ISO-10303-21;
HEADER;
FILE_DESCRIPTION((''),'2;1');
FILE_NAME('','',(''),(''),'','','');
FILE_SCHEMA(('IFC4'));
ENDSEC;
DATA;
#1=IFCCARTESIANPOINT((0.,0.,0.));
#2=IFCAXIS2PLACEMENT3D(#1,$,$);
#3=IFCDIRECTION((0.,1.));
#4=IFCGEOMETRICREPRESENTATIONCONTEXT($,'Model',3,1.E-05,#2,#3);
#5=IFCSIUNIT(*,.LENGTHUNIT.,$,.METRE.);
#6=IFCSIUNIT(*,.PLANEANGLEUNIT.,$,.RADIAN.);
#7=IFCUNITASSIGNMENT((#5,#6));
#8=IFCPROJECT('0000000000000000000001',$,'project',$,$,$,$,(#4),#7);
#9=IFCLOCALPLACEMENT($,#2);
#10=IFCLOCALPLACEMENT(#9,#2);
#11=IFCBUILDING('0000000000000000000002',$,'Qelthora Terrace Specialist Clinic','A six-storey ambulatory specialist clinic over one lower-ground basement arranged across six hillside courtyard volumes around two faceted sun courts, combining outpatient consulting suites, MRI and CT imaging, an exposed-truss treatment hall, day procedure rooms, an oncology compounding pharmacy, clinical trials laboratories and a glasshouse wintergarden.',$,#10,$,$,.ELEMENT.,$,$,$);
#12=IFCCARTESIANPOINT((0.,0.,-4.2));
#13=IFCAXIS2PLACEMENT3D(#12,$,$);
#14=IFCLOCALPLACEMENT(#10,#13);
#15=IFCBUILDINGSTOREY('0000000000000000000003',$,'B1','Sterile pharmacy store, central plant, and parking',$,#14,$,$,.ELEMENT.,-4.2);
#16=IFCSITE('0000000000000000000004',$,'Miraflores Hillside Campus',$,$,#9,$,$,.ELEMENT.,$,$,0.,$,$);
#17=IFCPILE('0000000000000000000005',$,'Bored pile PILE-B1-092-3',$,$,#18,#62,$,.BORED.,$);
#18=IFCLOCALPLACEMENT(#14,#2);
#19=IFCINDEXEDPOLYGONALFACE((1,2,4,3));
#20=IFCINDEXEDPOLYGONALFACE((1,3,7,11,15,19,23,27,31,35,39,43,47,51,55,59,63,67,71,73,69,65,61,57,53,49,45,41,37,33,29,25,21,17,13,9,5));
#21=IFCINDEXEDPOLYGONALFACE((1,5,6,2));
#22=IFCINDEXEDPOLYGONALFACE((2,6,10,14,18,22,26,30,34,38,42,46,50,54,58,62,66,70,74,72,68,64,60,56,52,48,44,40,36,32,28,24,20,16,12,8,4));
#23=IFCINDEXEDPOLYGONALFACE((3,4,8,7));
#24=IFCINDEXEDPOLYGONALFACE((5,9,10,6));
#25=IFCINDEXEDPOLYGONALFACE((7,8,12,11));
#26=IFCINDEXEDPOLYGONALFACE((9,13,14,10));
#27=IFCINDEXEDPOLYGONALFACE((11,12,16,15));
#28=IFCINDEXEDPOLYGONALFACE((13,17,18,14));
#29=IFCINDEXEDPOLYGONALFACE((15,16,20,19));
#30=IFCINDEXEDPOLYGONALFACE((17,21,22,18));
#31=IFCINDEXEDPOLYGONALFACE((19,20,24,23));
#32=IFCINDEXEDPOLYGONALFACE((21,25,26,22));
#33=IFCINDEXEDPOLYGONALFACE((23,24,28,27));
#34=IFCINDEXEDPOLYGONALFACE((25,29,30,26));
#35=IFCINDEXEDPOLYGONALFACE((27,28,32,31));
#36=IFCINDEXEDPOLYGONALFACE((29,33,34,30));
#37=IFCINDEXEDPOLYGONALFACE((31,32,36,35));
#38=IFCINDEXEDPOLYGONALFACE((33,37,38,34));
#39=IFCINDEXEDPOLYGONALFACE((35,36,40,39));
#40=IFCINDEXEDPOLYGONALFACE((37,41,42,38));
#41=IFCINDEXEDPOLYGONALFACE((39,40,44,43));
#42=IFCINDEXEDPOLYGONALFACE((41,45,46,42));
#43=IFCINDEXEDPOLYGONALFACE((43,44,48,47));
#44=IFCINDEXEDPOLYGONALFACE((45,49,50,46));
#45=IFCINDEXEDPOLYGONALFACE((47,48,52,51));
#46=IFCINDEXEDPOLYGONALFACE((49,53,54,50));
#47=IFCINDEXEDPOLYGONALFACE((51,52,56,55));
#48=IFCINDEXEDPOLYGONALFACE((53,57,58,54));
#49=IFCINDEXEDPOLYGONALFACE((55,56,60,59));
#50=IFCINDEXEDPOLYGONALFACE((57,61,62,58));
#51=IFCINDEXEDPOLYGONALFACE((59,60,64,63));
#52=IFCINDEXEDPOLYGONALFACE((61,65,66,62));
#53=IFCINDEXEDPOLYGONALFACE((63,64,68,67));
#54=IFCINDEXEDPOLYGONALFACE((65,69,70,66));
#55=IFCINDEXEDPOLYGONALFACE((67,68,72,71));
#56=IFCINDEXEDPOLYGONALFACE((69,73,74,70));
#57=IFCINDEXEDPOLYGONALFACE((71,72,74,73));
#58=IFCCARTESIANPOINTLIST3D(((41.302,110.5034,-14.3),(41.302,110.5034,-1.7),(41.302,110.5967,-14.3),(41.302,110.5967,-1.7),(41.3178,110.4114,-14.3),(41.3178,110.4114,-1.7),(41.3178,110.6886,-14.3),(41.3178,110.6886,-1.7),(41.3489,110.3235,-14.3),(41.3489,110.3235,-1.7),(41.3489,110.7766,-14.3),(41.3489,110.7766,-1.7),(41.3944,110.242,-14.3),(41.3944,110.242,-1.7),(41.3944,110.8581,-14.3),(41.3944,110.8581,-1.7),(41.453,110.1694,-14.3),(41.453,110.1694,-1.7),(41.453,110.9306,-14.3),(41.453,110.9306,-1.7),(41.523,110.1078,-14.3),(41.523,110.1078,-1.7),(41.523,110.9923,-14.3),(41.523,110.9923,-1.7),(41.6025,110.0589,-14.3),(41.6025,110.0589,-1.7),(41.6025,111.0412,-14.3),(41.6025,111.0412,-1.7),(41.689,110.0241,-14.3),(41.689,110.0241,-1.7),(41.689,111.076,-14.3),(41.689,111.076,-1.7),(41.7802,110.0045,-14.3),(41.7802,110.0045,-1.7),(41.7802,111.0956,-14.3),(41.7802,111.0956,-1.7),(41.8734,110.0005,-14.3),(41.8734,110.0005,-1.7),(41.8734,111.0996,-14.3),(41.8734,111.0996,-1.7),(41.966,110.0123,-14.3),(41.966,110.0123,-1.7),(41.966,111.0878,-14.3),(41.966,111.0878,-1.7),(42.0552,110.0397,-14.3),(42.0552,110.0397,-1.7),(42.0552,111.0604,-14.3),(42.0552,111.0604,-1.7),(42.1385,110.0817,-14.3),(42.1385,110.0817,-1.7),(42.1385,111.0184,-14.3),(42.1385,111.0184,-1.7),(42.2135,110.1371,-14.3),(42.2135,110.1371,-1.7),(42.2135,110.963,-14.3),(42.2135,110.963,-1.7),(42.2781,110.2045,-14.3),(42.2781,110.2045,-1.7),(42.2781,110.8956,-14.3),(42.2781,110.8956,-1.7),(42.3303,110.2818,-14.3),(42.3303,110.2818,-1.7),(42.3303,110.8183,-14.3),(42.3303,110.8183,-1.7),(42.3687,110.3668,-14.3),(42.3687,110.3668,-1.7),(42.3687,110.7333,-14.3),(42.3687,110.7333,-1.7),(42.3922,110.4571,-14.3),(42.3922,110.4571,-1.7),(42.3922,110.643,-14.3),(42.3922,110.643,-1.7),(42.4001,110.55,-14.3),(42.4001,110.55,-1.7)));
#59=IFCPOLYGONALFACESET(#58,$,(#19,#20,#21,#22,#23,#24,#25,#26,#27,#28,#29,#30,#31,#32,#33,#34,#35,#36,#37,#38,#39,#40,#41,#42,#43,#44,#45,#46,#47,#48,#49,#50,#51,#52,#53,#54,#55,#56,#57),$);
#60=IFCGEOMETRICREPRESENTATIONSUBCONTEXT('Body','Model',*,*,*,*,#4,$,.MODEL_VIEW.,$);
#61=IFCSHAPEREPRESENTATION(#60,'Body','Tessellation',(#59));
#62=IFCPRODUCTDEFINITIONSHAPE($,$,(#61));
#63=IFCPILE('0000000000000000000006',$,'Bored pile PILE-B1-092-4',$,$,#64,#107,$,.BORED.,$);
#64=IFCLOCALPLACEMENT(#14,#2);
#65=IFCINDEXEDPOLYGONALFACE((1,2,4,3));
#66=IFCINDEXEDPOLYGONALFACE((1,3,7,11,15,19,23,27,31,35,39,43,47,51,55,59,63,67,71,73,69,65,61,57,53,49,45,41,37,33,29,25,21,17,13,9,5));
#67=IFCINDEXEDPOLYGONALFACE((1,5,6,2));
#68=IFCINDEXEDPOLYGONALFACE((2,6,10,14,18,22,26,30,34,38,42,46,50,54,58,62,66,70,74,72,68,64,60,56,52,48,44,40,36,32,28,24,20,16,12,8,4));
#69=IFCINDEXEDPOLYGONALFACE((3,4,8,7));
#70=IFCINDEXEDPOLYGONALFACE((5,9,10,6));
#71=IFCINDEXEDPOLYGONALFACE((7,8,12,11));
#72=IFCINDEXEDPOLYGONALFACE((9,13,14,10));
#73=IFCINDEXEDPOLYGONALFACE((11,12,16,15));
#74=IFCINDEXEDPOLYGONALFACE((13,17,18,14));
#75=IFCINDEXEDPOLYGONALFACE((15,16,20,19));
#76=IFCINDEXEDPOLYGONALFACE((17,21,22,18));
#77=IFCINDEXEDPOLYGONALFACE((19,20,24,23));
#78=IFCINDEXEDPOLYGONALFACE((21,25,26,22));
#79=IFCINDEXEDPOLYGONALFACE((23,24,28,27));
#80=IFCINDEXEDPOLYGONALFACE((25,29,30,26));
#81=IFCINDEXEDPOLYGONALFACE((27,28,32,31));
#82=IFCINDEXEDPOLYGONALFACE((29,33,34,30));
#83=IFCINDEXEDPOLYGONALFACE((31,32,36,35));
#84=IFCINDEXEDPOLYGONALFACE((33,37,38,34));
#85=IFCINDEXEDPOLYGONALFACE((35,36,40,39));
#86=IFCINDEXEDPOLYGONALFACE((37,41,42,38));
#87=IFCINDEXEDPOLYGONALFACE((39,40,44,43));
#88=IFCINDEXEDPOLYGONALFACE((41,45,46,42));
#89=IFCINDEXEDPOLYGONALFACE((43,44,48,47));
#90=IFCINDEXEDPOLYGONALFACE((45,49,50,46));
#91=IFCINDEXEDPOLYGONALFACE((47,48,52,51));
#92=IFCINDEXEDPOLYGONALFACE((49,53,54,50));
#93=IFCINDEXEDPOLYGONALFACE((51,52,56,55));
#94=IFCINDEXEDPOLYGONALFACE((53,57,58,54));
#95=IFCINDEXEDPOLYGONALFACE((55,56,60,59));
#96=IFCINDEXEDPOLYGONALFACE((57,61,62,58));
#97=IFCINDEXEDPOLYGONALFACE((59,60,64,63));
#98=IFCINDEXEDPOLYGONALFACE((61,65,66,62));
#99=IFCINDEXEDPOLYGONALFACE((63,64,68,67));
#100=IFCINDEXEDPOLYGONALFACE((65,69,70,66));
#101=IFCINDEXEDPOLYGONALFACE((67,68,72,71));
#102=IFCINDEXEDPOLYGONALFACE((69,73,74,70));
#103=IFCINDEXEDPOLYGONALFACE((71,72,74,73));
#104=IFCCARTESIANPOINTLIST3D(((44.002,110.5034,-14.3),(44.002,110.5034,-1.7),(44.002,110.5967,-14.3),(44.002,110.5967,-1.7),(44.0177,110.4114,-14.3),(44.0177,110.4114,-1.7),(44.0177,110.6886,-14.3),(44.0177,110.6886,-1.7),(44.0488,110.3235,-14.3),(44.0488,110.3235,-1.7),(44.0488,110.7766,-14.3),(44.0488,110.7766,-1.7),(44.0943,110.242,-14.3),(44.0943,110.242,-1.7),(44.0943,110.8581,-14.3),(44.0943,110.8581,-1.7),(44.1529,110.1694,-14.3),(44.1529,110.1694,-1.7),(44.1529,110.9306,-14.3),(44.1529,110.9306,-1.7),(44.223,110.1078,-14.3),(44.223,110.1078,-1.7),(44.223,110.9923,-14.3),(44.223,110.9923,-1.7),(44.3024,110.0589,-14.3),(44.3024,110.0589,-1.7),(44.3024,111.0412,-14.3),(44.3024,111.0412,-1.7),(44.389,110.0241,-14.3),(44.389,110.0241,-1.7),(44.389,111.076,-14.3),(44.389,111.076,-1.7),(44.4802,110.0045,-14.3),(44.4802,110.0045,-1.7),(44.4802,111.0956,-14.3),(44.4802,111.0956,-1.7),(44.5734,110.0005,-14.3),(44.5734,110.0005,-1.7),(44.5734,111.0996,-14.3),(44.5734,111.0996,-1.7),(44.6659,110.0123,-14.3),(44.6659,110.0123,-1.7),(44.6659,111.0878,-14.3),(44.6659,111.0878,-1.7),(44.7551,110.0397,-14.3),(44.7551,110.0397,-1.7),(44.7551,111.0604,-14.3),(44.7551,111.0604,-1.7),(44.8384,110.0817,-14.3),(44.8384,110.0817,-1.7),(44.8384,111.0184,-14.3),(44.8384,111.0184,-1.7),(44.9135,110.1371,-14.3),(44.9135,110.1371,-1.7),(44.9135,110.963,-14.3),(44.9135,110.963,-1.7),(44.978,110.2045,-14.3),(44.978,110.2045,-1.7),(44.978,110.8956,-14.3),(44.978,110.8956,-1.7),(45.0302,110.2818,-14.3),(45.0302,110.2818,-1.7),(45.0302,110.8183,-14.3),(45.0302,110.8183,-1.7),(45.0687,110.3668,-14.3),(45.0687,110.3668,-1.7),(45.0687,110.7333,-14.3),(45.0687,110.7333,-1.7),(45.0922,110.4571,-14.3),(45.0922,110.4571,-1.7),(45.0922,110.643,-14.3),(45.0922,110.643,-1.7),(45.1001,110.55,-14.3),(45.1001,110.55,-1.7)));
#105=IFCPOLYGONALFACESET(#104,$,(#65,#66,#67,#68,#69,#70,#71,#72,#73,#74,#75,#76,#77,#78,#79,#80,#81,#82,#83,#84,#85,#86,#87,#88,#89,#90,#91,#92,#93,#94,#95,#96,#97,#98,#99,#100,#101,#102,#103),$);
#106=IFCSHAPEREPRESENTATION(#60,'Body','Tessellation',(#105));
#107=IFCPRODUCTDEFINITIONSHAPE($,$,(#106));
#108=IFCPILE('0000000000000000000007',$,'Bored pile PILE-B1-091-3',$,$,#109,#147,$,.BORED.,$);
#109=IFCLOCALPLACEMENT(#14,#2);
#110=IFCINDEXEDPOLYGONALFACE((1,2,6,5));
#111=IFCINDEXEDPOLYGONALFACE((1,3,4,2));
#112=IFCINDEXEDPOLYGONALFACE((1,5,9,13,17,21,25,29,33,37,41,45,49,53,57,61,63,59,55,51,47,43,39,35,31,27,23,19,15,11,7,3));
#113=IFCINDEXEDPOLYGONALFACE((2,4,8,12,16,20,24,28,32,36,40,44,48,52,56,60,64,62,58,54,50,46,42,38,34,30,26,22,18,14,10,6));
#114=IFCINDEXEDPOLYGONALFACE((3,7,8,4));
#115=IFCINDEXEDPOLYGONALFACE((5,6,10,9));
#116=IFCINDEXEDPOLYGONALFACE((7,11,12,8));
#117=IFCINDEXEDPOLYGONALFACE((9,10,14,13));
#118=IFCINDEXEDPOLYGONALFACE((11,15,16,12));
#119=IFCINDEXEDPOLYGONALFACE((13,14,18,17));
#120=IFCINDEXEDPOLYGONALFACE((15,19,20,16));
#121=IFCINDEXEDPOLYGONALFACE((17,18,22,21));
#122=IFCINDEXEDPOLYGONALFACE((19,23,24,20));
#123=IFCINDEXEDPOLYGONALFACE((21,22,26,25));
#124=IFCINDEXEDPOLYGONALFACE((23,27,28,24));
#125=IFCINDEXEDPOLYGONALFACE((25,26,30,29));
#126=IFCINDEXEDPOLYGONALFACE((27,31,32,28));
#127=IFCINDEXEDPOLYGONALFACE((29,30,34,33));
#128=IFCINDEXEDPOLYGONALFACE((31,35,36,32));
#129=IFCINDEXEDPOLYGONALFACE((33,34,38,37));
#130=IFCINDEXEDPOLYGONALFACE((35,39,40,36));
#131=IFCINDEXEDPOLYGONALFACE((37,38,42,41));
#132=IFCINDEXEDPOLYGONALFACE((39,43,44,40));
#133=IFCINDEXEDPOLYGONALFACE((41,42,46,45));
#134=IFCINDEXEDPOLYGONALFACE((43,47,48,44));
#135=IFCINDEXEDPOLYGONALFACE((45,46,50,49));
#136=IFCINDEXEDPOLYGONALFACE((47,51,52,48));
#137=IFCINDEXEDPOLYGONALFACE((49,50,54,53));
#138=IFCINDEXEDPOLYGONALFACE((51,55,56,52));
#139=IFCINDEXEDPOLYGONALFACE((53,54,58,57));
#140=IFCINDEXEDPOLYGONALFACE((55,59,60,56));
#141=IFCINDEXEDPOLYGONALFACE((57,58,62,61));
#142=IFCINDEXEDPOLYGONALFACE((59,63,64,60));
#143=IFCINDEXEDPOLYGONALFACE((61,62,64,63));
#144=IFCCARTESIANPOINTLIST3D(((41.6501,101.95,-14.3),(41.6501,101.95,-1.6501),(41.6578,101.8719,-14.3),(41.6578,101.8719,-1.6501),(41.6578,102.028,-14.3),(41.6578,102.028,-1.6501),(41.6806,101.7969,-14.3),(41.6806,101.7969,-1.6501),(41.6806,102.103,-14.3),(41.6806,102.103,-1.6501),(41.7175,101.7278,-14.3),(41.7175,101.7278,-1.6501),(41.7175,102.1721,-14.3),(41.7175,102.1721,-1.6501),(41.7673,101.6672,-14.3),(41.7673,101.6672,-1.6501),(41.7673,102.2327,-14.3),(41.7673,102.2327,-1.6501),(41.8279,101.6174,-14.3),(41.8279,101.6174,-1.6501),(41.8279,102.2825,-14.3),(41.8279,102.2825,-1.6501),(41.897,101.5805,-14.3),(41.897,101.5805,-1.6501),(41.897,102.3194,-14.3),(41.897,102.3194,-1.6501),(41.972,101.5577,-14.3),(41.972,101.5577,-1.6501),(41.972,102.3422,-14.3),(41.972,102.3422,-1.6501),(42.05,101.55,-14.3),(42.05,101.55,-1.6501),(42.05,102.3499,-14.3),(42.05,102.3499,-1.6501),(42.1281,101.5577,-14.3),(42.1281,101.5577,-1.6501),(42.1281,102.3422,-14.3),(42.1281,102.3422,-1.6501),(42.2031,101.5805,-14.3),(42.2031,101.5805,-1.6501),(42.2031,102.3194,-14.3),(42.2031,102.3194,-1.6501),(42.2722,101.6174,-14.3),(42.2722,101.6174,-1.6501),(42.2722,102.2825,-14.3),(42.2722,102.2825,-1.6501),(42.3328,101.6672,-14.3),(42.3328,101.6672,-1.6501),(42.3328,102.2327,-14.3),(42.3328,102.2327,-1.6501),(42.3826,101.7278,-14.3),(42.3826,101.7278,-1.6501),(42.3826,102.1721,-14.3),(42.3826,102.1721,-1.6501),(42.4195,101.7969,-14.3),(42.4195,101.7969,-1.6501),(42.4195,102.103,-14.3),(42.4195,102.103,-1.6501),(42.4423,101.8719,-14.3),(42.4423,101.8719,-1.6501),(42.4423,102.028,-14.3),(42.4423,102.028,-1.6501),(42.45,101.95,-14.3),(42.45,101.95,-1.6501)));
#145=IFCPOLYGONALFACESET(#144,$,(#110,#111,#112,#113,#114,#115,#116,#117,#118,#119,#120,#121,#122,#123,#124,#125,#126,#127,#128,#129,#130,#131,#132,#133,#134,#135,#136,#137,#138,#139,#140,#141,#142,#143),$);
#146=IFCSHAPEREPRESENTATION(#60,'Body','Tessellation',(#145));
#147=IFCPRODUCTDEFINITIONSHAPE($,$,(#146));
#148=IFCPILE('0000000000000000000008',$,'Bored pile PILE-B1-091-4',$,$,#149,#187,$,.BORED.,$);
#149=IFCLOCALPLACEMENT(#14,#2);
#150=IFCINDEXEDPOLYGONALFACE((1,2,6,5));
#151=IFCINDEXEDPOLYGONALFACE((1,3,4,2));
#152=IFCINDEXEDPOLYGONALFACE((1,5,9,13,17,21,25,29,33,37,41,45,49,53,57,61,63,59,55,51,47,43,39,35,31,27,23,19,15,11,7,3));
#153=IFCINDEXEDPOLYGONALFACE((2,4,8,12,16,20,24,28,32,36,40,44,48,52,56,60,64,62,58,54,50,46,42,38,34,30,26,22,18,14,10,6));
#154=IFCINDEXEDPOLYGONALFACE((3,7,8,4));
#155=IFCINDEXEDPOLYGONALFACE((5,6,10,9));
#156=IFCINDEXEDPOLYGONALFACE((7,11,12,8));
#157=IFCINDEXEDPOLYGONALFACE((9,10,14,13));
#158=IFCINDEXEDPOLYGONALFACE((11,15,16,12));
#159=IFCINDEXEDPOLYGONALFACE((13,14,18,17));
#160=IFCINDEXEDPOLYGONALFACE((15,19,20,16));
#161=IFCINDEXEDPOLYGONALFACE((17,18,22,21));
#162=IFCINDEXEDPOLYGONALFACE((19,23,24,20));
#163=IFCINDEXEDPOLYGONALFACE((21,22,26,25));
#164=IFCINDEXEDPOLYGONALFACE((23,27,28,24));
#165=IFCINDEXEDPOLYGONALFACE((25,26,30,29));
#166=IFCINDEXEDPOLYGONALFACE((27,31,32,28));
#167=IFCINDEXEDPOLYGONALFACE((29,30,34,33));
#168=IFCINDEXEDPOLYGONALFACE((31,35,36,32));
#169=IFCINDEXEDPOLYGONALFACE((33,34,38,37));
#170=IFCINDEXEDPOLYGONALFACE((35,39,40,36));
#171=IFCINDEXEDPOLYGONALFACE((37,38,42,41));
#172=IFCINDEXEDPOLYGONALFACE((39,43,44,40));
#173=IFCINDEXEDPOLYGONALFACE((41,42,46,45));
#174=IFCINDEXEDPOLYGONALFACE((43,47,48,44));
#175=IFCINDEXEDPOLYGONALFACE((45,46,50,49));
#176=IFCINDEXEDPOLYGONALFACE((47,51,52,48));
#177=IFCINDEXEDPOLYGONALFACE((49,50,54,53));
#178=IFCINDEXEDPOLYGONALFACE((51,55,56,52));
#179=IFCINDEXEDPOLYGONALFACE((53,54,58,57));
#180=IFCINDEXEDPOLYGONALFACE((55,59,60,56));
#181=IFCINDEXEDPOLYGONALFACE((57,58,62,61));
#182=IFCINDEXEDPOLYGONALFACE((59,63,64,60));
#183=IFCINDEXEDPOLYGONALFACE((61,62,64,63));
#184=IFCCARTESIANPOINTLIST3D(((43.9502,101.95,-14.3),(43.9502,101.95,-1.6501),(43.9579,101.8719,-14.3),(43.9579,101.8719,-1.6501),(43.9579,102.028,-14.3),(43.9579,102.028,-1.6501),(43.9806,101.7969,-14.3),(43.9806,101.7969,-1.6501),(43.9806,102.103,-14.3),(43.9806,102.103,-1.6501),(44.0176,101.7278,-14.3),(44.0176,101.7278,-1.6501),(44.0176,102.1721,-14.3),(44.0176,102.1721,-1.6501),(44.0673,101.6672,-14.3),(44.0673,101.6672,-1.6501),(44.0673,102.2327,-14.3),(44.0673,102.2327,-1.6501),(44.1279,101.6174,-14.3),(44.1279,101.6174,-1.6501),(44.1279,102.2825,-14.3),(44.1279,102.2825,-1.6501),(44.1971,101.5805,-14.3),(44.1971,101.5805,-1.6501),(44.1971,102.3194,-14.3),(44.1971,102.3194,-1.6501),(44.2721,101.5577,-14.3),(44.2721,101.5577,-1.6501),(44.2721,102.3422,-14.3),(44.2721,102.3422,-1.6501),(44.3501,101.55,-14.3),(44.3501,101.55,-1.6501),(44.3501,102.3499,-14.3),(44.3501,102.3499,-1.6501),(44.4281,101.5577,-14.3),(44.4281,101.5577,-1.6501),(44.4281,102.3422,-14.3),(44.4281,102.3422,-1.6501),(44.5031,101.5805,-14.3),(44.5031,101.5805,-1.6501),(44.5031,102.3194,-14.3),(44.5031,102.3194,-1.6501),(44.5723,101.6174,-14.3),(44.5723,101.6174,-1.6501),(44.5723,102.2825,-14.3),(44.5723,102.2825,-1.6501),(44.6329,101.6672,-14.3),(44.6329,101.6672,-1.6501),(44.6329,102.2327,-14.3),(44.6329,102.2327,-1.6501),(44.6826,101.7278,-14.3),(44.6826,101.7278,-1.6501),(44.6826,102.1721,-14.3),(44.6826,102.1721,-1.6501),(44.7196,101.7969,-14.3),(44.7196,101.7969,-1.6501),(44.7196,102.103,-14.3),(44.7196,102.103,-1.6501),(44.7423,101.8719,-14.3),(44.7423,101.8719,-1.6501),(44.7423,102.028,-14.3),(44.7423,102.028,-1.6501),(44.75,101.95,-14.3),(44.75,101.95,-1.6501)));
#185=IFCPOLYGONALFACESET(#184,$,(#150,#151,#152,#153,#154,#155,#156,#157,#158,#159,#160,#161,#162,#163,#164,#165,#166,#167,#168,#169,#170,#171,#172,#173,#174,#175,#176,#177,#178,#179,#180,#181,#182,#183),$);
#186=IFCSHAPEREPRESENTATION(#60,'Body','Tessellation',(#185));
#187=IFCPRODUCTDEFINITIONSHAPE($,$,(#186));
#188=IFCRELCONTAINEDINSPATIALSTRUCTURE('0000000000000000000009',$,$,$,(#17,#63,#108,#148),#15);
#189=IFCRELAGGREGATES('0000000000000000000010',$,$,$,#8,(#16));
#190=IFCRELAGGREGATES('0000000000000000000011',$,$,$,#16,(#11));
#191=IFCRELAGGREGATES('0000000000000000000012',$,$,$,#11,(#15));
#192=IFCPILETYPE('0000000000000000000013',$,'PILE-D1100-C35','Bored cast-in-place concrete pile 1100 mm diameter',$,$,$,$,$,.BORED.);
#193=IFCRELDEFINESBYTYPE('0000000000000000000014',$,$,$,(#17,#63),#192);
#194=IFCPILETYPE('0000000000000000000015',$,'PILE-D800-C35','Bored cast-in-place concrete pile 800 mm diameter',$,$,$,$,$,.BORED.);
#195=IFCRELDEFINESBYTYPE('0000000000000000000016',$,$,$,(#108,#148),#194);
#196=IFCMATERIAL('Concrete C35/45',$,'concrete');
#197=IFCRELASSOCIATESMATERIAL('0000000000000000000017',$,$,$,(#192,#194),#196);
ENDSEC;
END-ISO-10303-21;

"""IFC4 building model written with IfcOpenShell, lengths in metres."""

from ifc_helpers import new_model, si_unit, direction, frame, origin, origin_2d, place, context, subcontext, project, spatial, circle, extrude, material, material_profile, profile_set, type_object, element, save


model = new_model("IFC4")

# Units and contexts
model_context = context("Model", 3, precision=1e-05, world=origin(), true_north=direction((0.0, 1.0)))
body_context = subcontext(model_context, "Body", "Model", "MODEL_VIEW")
ifc_project = project(units=[si_unit("LENGTHUNIT", "METRE"), si_unit("PLANEANGLEUNIT", "RADIAN")], contexts=[model_context])

# Site, building, storey
site_placement = place(None, origin())
site = spatial("IfcSite", under=ifc_project, at=site_placement, Name="Miraflores Hillside Campus", CompositionType="ELEMENT", RefElevation=0.0)
building_placement = place(site_placement, origin())
building = spatial("IfcBuilding", under=site, at=building_placement, Name="Qelthora Terrace Specialist Clinic", Description="A six-storey ambulatory specialist clinic over one lower-ground basement arranged across six hillside courtyard volumes around two faceted sun courts, combining outpatient consulting suites, MRI and CT imaging, an exposed-truss treatment hall, day procedure rooms, an oncology compounding pharmacy, clinical trials laboratories and a glasshouse wintergarden.", CompositionType="ELEMENT")
storey_placement = place(building_placement, frame((0.0, 0.0, -4.2)))
storey = spatial("IfcBuildingStorey", under=building, at=storey_placement, Name="B1", Description="Sterile pharmacy store, central plant, and parking", CompositionType="ELEMENT", Elevation=-4.2)

# Shared definitions
ifc_material_1 = material(Name="Concrete C35/45", Category="concrete")

# Piles
ifc_material_profile_1 = material_profile(ifc_material_1, circle(Radius=0.55, at=origin_2d()), Name="PILE1100")
ifc_profile_set_1 = profile_set([ifc_material_profile_1], Name="Concrete C35/45")
pile_type_1 = type_object("IfcPileType", Name="PILE-D1100-C35", Description="Bored cast-in-place concrete pile 1100 mm diameter", PredefinedType="BORED", material=ifc_profile_set_1)
for number, where, z_axis, x_axis, name in (
    (1, (41.8501, 110.55, -1.7), (0.0, 0.0, -1.0), (1.0, 0.0, 0.0), "Bored pile PILE-B1-092-3"),
    (2, (44.55, 110.55, -1.7), (0.0, 0.0, -1.0), (1.0, 0.0, 0.0), "Bored pile PILE-B1-092-4"),
):
    element("IfcPile", number, at=place(storey_placement, frame(where, z_axis=z_axis, x_axis=x_axis)), inside=storey, type_object=pile_type_1, Name=name, PredefinedType="BORED", context=body_context, shape_type="SweptSolid", body=[
        extrude(circle(Radius=0.55, at=origin_2d()), origin(), (0.0, 0.0, 1.0), 12.6001),
    ])
ifc_material_profile_2 = material_profile(ifc_material_1, circle(Radius=0.3999, at=origin_2d()), Name="PILE800")
ifc_profile_set_2 = profile_set([ifc_material_profile_2], Name="Concrete C35/45")
pile_type_2 = type_object("IfcPileType", Name="PILE-D800-C35", Description="Bored cast-in-place concrete pile 800 mm diameter", PredefinedType="BORED", material=ifc_profile_set_2)
for number, where, z_axis, x_axis, name in (
    (3, (42.05, 101.95, -1.6501), (0.0, 0.0, -1.0), (1.0, 0.0, 0.0), "Bored pile PILE-B1-091-3"),
    (4, (44.3501, 101.95, -1.6501), (0.0, 0.0, -1.0), (1.0, 0.0, 0.0), "Bored pile PILE-B1-091-4"),
):
    element("IfcPile", number, at=place(storey_placement, frame(where, z_axis=z_axis, x_axis=x_axis)), inside=storey, type_object=pile_type_2, Name=name, PredefinedType="BORED", context=body_context, shape_type="SweptSolid", body=[
        extrude(circle(Radius=0.3999, at=origin_2d()), origin(), (0.0, 0.0, 1.0), 12.6499),
    ])

save(model, "model.ifc")
